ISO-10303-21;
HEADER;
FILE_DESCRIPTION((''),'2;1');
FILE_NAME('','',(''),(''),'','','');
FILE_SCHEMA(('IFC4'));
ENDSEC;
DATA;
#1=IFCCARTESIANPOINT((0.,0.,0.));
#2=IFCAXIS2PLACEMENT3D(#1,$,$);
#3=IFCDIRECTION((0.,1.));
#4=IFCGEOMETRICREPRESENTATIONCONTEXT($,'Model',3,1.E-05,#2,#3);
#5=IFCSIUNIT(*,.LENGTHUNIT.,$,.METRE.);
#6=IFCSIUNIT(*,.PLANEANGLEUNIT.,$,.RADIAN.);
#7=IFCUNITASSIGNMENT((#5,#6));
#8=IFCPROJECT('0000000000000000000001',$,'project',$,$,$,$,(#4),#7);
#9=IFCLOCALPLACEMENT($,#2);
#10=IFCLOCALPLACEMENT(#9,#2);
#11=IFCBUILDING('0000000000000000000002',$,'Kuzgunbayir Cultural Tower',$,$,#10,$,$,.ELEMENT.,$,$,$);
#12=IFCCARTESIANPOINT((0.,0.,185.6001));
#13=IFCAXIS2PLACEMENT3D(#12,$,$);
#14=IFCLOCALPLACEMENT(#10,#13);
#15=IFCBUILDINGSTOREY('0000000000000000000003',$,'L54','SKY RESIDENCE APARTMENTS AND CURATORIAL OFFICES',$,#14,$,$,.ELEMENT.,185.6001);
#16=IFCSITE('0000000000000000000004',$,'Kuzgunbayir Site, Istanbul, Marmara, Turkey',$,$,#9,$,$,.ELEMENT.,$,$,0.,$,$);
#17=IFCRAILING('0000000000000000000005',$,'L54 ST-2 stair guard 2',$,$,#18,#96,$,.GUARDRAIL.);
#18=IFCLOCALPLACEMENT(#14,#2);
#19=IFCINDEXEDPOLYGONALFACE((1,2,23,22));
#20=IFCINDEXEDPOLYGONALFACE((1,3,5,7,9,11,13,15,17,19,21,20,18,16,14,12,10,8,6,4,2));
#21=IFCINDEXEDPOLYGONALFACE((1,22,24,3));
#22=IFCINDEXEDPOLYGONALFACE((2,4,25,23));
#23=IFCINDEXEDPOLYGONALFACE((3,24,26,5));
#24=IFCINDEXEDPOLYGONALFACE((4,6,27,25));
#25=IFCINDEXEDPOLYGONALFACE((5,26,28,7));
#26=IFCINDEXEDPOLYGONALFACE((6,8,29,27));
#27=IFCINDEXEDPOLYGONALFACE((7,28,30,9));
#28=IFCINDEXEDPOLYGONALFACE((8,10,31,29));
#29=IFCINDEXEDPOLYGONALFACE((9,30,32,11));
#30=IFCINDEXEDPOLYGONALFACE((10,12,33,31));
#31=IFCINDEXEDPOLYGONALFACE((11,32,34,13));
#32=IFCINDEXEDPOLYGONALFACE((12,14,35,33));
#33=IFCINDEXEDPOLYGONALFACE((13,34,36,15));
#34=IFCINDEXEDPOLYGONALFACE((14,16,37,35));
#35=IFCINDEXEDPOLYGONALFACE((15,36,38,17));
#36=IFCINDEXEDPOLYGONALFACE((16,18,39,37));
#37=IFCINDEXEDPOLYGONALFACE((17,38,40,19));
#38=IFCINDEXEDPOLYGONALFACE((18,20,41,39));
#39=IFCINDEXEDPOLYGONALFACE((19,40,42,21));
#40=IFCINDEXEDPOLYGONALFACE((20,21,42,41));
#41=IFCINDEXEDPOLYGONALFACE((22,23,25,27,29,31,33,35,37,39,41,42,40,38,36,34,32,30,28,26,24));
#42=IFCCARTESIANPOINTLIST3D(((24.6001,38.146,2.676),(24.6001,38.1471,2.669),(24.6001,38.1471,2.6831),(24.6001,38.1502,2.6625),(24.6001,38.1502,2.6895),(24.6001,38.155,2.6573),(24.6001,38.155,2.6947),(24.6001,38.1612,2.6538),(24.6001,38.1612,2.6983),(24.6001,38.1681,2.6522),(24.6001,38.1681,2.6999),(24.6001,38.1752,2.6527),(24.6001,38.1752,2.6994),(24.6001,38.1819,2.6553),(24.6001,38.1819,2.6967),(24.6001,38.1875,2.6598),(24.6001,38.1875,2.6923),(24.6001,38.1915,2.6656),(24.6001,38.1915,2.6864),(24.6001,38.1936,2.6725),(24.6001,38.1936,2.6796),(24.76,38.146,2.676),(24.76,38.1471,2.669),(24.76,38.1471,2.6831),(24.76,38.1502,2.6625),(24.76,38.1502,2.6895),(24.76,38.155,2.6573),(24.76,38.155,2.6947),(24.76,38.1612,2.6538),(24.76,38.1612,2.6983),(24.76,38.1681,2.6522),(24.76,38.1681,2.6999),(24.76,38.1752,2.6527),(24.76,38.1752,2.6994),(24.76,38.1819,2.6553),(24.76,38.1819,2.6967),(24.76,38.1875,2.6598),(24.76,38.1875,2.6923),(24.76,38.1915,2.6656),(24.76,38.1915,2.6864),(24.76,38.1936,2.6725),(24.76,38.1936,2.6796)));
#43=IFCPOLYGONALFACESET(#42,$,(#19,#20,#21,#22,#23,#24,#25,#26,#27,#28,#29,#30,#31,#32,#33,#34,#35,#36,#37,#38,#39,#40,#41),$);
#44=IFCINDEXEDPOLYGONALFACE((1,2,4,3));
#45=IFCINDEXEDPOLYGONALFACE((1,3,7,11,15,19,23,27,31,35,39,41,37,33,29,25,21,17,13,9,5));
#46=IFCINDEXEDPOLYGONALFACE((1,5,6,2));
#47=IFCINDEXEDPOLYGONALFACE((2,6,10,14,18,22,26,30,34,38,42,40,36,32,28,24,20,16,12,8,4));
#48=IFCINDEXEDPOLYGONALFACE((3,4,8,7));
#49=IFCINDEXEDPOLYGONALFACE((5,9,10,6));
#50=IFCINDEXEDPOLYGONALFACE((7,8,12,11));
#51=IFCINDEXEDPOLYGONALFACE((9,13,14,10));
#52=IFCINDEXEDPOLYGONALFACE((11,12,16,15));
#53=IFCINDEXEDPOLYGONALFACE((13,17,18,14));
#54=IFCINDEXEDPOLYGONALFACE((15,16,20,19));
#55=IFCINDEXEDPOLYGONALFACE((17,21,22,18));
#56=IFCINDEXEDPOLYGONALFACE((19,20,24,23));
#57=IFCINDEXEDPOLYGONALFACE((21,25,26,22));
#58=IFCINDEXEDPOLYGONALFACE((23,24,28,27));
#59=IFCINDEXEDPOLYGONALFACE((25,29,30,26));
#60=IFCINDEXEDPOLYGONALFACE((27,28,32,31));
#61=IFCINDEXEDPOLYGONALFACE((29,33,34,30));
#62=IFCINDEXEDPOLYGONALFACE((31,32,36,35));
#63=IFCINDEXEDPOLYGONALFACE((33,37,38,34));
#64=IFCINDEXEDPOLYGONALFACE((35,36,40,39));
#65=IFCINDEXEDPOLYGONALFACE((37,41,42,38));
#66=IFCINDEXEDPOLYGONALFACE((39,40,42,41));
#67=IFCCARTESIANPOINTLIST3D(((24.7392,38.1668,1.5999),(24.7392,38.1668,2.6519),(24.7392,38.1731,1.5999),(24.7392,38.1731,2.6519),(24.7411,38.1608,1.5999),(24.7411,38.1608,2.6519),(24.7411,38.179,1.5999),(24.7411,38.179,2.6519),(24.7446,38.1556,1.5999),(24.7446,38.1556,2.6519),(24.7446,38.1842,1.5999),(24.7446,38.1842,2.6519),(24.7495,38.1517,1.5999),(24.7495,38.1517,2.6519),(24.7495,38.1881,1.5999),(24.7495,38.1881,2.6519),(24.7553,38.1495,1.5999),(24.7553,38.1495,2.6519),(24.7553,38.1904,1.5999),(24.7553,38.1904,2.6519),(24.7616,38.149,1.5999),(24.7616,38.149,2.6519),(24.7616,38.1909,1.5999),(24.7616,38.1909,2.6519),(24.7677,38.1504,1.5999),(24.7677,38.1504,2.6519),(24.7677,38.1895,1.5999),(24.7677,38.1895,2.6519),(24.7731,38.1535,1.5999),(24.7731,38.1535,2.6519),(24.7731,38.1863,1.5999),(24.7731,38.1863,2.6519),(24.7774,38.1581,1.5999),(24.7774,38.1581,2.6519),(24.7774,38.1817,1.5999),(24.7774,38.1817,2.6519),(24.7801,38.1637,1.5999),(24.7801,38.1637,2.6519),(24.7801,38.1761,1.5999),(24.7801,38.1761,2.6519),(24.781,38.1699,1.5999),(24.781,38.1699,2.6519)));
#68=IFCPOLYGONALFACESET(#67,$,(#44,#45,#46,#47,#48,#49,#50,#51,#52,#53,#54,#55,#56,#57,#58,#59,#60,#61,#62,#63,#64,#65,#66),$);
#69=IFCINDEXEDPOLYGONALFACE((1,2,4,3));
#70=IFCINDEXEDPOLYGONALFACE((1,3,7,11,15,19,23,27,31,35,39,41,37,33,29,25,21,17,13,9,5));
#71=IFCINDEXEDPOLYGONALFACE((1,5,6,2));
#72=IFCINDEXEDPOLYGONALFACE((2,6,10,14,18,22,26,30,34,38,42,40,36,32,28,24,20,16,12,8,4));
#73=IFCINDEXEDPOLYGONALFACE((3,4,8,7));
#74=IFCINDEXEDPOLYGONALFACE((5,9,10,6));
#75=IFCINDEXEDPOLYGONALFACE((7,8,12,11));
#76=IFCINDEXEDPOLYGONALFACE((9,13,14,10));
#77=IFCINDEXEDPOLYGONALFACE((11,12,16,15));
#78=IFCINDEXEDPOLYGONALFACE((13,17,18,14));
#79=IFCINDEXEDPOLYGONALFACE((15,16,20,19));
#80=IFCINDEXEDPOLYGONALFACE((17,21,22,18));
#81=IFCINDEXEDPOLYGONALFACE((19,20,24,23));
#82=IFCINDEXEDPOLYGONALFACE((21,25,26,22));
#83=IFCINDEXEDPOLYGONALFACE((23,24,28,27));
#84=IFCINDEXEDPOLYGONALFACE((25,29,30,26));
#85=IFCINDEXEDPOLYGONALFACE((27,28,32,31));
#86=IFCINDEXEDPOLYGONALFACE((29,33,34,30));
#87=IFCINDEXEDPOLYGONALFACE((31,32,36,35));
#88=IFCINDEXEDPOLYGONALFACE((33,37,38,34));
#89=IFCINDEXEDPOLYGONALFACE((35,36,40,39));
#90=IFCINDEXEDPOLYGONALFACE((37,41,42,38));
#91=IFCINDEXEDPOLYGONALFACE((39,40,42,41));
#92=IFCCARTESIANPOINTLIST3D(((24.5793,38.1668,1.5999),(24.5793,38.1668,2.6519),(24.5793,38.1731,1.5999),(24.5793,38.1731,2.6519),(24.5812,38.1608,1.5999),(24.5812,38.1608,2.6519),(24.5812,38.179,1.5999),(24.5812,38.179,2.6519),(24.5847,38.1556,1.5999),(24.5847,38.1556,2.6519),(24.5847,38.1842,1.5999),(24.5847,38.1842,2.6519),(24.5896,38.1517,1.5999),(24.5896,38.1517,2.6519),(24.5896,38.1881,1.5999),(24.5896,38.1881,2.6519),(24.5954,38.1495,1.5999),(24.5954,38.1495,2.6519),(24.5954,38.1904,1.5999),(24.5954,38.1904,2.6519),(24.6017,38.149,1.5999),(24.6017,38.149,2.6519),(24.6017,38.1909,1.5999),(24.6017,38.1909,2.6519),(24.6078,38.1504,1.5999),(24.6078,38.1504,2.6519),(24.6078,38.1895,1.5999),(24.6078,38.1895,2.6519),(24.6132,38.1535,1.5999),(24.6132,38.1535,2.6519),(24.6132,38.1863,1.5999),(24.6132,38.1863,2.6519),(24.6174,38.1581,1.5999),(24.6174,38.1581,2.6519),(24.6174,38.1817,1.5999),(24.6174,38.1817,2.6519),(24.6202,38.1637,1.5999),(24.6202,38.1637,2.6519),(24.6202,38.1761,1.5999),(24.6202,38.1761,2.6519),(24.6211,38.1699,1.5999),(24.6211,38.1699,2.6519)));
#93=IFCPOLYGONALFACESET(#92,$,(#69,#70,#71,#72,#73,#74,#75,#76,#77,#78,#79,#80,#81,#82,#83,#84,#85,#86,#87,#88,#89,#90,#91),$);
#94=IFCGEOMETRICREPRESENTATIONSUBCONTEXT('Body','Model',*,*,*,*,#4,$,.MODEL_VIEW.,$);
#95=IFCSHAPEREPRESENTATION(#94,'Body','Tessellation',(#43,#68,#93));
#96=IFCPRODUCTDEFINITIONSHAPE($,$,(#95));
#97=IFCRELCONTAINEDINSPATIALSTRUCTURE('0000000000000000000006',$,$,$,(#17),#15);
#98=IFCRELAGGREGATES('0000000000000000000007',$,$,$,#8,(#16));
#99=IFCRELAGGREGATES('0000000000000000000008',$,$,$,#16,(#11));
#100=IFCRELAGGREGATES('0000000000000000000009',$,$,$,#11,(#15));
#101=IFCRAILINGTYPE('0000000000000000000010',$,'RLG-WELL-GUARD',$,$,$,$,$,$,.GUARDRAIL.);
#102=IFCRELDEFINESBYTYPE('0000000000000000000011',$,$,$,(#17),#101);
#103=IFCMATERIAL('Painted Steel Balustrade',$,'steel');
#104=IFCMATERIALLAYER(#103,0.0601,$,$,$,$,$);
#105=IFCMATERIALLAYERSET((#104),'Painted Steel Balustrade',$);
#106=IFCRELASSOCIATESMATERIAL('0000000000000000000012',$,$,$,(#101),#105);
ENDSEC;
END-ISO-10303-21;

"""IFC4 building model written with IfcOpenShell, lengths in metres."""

from ifc_helpers import new_model, si_unit, direction, frame, origin, origin_2d, place, context, subcontext, project, spatial, circle, extrude, material, layer, layer_set, type_object, element, save


model = new_model("IFC4")

# Units and contexts
model_context = context("Model", 3, precision=1e-05, world=origin(), true_north=direction((0.0, 1.0)))
body_context = subcontext(model_context, "Body", "Model", "MODEL_VIEW")
ifc_project = project(units=[si_unit("LENGTHUNIT", "METRE"), si_unit("PLANEANGLEUNIT", "RADIAN")], contexts=[model_context])

# Site, building, storey
site_placement = place(None, origin())
site = spatial("IfcSite", under=ifc_project, at=site_placement, Name="Kuzgunbayir Site, Istanbul, Marmara, Turkey", CompositionType="ELEMENT", RefElevation=0.0)
building_placement = place(site_placement, origin())
building = spatial("IfcBuilding", under=site, at=building_placement, Name="Kuzgunbayir Cultural Tower", CompositionType="ELEMENT")
storey_placement = place(building_placement, frame((0.0, 0.0, 185.6001)))
storey = spatial("IfcBuildingStorey", under=building, at=storey_placement, Name="L54", Description="SKY RESIDENCE APARTMENTS AND CURATORIAL OFFICES", CompositionType="ELEMENT", Elevation=185.6001)

# Railing
ifc_material_1 = material(Name="Painted Steel Balustrade", Category="steel")
ifc_layer_1 = layer(ifc_material_1, 0.0601)
ifc_layer_set_1 = layer_set([ifc_layer_1], Name="Painted Steel Balustrade")
railing_type_1 = type_object("IfcRailingType", Name="RLG-WELL-GUARD", PredefinedType="GUARDRAIL", material=ifc_layer_set_1)
railing_1_placement = place(storey_placement, frame((24.76, 38.1699, 1.5999)))
element("IfcRailing", 1, at=railing_1_placement, inside=storey, type_object=railing_type_1, Name="L54 ST-2 stair guard 2", PredefinedType="GUARDRAIL", context=body_context, shape_type="SweptSolid", body=[
    extrude(circle(Radius=0.0239, at=origin_2d()), frame((0.0, 0.0, 1.0762), z_axis=(-1.0, 0.0, 0.0), x_axis=(0.0, -1.0, 0.0)), (0.0, 0.0, 1.0), 0.1599),
    extrude(circle(Radius=0.021, at=origin_2d()), origin(), (0.0, 0.0, 1.0), 1.052),
    extrude(circle(Radius=0.021, at=origin_2d()), frame((-0.1599, 0.0, 0.0)), (0.0, 0.0, 1.0), 1.052),
])

save(model, "model.ifc")
